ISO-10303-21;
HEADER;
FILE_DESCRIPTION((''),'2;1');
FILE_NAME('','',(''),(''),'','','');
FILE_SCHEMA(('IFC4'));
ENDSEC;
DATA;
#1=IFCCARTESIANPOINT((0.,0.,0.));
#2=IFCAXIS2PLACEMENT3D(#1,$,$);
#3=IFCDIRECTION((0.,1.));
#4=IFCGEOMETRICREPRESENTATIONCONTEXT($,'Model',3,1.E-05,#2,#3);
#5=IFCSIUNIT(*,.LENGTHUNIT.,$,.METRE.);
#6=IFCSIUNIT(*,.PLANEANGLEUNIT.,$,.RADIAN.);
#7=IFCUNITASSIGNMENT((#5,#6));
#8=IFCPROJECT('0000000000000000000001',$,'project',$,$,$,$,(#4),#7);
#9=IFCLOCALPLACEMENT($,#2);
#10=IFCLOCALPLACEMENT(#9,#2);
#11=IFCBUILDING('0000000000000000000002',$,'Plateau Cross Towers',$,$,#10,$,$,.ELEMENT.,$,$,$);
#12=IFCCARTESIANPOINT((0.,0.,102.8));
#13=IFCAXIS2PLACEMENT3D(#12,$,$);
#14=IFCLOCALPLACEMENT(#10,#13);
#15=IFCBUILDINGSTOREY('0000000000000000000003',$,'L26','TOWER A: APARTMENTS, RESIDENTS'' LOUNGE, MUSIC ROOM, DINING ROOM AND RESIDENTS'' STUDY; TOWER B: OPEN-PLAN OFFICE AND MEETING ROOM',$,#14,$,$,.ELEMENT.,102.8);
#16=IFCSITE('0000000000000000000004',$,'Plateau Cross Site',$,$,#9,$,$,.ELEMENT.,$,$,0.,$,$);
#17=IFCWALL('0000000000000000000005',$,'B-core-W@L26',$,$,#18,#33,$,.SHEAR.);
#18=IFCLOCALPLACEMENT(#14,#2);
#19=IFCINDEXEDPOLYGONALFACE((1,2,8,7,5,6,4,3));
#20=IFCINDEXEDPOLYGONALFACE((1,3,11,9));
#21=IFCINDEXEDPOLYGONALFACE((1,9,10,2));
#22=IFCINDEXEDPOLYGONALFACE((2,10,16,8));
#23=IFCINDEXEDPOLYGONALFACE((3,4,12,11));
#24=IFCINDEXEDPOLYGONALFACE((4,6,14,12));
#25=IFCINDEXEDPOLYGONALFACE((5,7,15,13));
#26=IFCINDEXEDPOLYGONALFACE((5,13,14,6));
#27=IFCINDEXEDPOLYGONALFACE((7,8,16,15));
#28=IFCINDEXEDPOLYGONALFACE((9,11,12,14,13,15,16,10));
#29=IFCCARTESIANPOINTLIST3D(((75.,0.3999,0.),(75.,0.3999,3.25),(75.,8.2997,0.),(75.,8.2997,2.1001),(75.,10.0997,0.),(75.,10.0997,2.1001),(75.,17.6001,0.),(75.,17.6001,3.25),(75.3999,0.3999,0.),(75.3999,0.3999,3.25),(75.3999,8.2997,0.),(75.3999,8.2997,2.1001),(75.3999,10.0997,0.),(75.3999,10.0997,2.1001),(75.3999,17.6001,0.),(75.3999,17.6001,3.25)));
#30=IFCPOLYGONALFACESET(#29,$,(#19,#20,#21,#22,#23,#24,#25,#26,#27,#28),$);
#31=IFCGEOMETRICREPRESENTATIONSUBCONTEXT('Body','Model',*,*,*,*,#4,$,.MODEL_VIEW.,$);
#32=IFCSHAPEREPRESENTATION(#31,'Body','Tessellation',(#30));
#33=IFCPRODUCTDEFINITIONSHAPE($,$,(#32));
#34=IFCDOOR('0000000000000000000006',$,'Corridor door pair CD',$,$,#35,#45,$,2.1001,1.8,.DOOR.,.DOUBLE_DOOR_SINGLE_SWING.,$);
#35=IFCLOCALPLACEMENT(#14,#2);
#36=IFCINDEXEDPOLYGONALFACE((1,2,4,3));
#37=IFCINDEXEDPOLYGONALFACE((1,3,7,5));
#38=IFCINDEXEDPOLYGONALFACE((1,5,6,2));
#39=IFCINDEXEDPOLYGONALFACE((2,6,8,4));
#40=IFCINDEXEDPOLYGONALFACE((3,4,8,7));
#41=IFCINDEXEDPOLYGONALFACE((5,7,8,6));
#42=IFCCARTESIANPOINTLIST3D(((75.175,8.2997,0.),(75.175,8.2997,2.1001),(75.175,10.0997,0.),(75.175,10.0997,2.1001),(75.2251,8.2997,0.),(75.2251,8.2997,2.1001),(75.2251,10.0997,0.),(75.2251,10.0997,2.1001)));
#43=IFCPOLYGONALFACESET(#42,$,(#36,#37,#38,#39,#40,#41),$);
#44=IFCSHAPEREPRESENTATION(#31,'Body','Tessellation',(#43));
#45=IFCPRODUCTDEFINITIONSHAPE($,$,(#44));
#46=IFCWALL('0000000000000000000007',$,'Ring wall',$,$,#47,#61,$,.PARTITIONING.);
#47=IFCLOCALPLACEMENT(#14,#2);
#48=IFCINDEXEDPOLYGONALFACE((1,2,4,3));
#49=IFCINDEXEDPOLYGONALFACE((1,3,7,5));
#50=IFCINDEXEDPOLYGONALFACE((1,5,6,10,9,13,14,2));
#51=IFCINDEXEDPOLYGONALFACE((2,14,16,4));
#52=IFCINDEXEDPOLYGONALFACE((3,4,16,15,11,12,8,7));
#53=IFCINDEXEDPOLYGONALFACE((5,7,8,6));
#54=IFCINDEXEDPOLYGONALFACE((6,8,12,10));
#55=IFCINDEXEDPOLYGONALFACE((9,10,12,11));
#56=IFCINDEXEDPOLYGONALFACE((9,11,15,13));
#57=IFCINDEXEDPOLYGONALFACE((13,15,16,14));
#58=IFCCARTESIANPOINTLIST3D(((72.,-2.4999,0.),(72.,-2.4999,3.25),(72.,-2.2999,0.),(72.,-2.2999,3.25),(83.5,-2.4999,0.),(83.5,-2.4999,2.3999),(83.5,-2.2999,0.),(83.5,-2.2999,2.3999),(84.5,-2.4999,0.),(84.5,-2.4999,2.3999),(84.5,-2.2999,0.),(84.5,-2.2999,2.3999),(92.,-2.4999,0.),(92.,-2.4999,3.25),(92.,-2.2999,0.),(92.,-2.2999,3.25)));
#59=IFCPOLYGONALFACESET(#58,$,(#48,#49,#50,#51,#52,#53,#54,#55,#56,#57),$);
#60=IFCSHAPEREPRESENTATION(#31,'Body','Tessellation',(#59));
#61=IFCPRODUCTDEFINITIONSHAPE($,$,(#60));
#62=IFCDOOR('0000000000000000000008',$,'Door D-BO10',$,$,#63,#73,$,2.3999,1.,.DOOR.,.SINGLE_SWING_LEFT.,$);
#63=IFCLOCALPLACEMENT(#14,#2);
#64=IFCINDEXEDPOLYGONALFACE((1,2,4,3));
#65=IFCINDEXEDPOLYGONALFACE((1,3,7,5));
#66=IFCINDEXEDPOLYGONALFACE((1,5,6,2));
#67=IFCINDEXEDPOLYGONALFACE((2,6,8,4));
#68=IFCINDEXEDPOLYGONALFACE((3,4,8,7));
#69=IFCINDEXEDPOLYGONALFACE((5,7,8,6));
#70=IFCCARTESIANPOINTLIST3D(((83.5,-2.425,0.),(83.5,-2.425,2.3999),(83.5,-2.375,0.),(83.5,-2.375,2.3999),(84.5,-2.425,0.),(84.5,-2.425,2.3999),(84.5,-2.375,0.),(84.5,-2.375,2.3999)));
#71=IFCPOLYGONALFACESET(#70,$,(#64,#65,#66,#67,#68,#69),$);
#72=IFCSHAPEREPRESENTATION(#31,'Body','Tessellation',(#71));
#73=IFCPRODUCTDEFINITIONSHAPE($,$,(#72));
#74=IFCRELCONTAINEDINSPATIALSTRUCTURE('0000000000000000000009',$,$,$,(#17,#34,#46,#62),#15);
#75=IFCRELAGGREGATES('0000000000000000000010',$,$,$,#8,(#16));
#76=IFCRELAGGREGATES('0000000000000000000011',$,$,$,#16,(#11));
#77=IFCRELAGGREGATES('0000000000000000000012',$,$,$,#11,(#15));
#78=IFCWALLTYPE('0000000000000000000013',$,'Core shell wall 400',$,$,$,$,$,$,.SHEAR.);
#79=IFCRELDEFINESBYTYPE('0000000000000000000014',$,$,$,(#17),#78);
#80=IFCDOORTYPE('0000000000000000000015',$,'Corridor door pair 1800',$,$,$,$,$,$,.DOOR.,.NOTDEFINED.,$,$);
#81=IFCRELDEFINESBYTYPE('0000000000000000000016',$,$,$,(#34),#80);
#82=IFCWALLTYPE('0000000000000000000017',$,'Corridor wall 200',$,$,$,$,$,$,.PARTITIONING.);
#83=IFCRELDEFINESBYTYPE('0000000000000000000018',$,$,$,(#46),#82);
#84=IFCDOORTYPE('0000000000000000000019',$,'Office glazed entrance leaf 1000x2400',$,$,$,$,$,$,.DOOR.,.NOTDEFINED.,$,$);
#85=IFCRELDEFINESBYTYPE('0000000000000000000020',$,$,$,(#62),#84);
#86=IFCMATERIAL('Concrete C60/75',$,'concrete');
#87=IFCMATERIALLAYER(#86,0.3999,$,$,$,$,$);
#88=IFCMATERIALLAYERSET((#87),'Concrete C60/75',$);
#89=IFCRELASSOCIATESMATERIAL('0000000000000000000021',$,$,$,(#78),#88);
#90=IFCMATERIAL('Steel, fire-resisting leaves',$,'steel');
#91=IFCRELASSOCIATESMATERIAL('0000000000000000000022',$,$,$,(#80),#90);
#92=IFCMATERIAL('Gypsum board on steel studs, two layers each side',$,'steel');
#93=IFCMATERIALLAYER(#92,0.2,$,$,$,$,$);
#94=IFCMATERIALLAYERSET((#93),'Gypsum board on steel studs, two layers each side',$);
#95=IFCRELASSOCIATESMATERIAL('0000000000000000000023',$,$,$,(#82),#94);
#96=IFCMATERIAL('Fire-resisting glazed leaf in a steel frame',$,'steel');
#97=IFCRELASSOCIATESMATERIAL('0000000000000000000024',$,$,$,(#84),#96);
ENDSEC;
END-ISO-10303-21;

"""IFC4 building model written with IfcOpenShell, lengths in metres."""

from ifc_helpers import new_model, si_unit, direction, frame, frame_2d, origin, place, context, subcontext, project, spatial, rectangle, extrude, material, layer, layer_set, type_object, element, fill, save


model = new_model("IFC4")

# Units and contexts
model_context = context("Model", 3, precision=1e-05, world=origin(), true_north=direction((0.0, 1.0)))
body_context = subcontext(model_context, "Body", "Model", "MODEL_VIEW")
ifc_project = project(units=[si_unit("LENGTHUNIT", "METRE"), si_unit("PLANEANGLEUNIT", "RADIAN")], contexts=[model_context])

# Site, building, storey
site_placement = place(None, origin())
site = spatial("IfcSite", under=ifc_project, at=site_placement, Name="Plateau Cross Site", CompositionType="ELEMENT", RefElevation=0.0)
building_placement = place(site_placement, origin())
building = spatial("IfcBuilding", under=site, at=building_placement, Name="Plateau Cross Towers", CompositionType="ELEMENT")
storey_placement = place(building_placement, frame((0.0, 0.0, 102.8)))
storey = spatial("IfcBuildingStorey", under=building, at=storey_placement, Name="L26", Description="TOWER A: APARTMENTS, RESIDENTS' LOUNGE, MUSIC ROOM, DINING ROOM AND RESIDENTS' STUDY; TOWER B: OPEN-PLAN OFFICE AND MEETING ROOM", CompositionType="ELEMENT", Elevation=102.8)

# Shared definitions
ifc_material_1 = material(Name="Concrete C60/75", Category="concrete")

# Shared definitions
ifc_layer_1 = layer(ifc_material_1, 0.3999)
ifc_layer_set_1 = layer_set([ifc_layer_1], Name="Concrete C60/75")
wall_type_1 = type_object("IfcWallType", Name="Core shell wall 400", PredefinedType="SHEAR", material=ifc_layer_set_1)

# Walls, openings, doors
wall_1_placement = place(storey_placement, frame((75.2, 0.3999, 0.0), z_axis=(0.0, 0.0, 1.0), x_axis=(0.0, 1.0, 0.0)))
wall_1 = element("IfcWall", 1, at=wall_1_placement, inside=storey, type_object=wall_type_1, Name="B-core-W@L26", PredefinedType="SHEAR", context=body_context, shape_type="SweptSolid", body=[
    extrude(rectangle(XDim=17.2002, YDim=0.3999, at=frame_2d((8.6001, 0.0))), origin(), (0.0, 0.0, 1.0), 3.25),
])
opening_1_placement = place(wall_1_placement, frame((7.8999, 0.0, 0.0)))
opening_1 = element("IfcOpeningElement", 2, at=opening_1_placement, cuts=wall_1, PredefinedType="OPENING", context=body_context, shape_type="SweptSolid", body=[
    extrude(rectangle(XDim=1.8, YDim=2.1001, at=frame_2d((0.8999, 1.05))), frame((0.0, 0.21, 0.0), z_axis=(0.0, -1.0, 0.0), x_axis=(1.0, 0.0, 0.0)), (0.0, 0.0, 1.0), 0.4199),
])
ifc_material_2 = material(Name="Steel, fire-resisting leaves", Category="steel")
door_type_1 = type_object("IfcDoorType", Name="Corridor door pair 1800", OperationType="NOTDEFINED", PredefinedType="DOOR", material=ifc_material_2)
door_1_placement = place(opening_1_placement, origin())
door_1 = element("IfcDoor", 3, at=door_1_placement, inside=storey, type_object=door_type_1, Name="Corridor door pair CD", OperationType="DOUBLE_DOOR_SINGLE_SWING", OverallHeight=2.1001, OverallWidth=1.8, PredefinedType="DOOR", context=body_context, shape_type="SweptSolid", body=[
    extrude(rectangle(XDim=1.8, YDim=2.1001, at=frame_2d((0.8999, 1.05))), frame((0.0, 0.0249, 0.0), z_axis=(0.0, -1.0, 0.0), x_axis=(1.0, 0.0, 0.0)), (0.0, 0.0, 1.0), 0.05),
])
fill(opening_1, door_1)
ifc_material_3 = material(Name="Gypsum board on steel studs, two layers each side", Category="steel")
ifc_layer_2 = layer(ifc_material_3, 0.2)
ifc_layer_set_2 = layer_set([ifc_layer_2], Name="Gypsum board on steel studs, two layers each side")
wall_type_2 = type_object("IfcWallType", Name="Corridor wall 200", PredefinedType="PARTITIONING", material=ifc_layer_set_2)
wall_2_placement = place(storey_placement, frame((72.0, -2.3999, 0.0), z_axis=(0.0, 0.0, 1.0), x_axis=(1.0, 0.0, 0.0)))
wall_2 = element("IfcWall", 4, at=wall_2_placement, inside=storey, type_object=wall_type_2, Name="Ring wall", PredefinedType="PARTITIONING", context=body_context, shape_type="SweptSolid", body=[
    extrude(rectangle(XDim=20.0, YDim=0.2, at=frame_2d((10.0, 0.0))), origin(), (0.0, 0.0, 1.0), 3.25),
])
opening_2_placement = place(wall_2_placement, frame((11.5, 0.0, 0.0)))
opening_2 = element("IfcOpeningElement", 5, at=opening_2_placement, cuts=wall_2, PredefinedType="OPENING", context=body_context, shape_type="SweptSolid", body=[
    extrude(rectangle(XDim=1.0, YDim=2.3999, at=frame_2d((0.5, 1.2))), frame((0.0, 0.1099, 0.0), z_axis=(0.0, -1.0, 0.0), x_axis=(1.0, 0.0, 0.0)), (0.0, 0.0, 1.0), 0.22),
])
ifc_material_4 = material(Name="Fire-resisting glazed leaf in a steel frame", Category="steel")
door_type_2 = type_object("IfcDoorType", Name="Office glazed entrance leaf 1000x2400", OperationType="NOTDEFINED", PredefinedType="DOOR", material=ifc_material_4)
door_2_placement = place(opening_2_placement, origin())
door_2 = element("IfcDoor", 6, at=door_2_placement, inside=storey, type_object=door_type_2, Name="Door D-BO10", OperationType="SINGLE_SWING_LEFT", OverallHeight=2.3999, OverallWidth=1.0, PredefinedType="DOOR", context=body_context, shape_type="SweptSolid", body=[
    extrude(rectangle(XDim=1.0, YDim=2.3999, at=frame_2d((0.5, 1.2))), frame((0.0, 0.0249, 0.0), z_axis=(0.0, -1.0, 0.0), x_axis=(1.0, 0.0, 0.0)), (0.0, 0.0, 1.0), 0.05),
])
fill(opening_2, door_2)

save(model, "model.ifc")
